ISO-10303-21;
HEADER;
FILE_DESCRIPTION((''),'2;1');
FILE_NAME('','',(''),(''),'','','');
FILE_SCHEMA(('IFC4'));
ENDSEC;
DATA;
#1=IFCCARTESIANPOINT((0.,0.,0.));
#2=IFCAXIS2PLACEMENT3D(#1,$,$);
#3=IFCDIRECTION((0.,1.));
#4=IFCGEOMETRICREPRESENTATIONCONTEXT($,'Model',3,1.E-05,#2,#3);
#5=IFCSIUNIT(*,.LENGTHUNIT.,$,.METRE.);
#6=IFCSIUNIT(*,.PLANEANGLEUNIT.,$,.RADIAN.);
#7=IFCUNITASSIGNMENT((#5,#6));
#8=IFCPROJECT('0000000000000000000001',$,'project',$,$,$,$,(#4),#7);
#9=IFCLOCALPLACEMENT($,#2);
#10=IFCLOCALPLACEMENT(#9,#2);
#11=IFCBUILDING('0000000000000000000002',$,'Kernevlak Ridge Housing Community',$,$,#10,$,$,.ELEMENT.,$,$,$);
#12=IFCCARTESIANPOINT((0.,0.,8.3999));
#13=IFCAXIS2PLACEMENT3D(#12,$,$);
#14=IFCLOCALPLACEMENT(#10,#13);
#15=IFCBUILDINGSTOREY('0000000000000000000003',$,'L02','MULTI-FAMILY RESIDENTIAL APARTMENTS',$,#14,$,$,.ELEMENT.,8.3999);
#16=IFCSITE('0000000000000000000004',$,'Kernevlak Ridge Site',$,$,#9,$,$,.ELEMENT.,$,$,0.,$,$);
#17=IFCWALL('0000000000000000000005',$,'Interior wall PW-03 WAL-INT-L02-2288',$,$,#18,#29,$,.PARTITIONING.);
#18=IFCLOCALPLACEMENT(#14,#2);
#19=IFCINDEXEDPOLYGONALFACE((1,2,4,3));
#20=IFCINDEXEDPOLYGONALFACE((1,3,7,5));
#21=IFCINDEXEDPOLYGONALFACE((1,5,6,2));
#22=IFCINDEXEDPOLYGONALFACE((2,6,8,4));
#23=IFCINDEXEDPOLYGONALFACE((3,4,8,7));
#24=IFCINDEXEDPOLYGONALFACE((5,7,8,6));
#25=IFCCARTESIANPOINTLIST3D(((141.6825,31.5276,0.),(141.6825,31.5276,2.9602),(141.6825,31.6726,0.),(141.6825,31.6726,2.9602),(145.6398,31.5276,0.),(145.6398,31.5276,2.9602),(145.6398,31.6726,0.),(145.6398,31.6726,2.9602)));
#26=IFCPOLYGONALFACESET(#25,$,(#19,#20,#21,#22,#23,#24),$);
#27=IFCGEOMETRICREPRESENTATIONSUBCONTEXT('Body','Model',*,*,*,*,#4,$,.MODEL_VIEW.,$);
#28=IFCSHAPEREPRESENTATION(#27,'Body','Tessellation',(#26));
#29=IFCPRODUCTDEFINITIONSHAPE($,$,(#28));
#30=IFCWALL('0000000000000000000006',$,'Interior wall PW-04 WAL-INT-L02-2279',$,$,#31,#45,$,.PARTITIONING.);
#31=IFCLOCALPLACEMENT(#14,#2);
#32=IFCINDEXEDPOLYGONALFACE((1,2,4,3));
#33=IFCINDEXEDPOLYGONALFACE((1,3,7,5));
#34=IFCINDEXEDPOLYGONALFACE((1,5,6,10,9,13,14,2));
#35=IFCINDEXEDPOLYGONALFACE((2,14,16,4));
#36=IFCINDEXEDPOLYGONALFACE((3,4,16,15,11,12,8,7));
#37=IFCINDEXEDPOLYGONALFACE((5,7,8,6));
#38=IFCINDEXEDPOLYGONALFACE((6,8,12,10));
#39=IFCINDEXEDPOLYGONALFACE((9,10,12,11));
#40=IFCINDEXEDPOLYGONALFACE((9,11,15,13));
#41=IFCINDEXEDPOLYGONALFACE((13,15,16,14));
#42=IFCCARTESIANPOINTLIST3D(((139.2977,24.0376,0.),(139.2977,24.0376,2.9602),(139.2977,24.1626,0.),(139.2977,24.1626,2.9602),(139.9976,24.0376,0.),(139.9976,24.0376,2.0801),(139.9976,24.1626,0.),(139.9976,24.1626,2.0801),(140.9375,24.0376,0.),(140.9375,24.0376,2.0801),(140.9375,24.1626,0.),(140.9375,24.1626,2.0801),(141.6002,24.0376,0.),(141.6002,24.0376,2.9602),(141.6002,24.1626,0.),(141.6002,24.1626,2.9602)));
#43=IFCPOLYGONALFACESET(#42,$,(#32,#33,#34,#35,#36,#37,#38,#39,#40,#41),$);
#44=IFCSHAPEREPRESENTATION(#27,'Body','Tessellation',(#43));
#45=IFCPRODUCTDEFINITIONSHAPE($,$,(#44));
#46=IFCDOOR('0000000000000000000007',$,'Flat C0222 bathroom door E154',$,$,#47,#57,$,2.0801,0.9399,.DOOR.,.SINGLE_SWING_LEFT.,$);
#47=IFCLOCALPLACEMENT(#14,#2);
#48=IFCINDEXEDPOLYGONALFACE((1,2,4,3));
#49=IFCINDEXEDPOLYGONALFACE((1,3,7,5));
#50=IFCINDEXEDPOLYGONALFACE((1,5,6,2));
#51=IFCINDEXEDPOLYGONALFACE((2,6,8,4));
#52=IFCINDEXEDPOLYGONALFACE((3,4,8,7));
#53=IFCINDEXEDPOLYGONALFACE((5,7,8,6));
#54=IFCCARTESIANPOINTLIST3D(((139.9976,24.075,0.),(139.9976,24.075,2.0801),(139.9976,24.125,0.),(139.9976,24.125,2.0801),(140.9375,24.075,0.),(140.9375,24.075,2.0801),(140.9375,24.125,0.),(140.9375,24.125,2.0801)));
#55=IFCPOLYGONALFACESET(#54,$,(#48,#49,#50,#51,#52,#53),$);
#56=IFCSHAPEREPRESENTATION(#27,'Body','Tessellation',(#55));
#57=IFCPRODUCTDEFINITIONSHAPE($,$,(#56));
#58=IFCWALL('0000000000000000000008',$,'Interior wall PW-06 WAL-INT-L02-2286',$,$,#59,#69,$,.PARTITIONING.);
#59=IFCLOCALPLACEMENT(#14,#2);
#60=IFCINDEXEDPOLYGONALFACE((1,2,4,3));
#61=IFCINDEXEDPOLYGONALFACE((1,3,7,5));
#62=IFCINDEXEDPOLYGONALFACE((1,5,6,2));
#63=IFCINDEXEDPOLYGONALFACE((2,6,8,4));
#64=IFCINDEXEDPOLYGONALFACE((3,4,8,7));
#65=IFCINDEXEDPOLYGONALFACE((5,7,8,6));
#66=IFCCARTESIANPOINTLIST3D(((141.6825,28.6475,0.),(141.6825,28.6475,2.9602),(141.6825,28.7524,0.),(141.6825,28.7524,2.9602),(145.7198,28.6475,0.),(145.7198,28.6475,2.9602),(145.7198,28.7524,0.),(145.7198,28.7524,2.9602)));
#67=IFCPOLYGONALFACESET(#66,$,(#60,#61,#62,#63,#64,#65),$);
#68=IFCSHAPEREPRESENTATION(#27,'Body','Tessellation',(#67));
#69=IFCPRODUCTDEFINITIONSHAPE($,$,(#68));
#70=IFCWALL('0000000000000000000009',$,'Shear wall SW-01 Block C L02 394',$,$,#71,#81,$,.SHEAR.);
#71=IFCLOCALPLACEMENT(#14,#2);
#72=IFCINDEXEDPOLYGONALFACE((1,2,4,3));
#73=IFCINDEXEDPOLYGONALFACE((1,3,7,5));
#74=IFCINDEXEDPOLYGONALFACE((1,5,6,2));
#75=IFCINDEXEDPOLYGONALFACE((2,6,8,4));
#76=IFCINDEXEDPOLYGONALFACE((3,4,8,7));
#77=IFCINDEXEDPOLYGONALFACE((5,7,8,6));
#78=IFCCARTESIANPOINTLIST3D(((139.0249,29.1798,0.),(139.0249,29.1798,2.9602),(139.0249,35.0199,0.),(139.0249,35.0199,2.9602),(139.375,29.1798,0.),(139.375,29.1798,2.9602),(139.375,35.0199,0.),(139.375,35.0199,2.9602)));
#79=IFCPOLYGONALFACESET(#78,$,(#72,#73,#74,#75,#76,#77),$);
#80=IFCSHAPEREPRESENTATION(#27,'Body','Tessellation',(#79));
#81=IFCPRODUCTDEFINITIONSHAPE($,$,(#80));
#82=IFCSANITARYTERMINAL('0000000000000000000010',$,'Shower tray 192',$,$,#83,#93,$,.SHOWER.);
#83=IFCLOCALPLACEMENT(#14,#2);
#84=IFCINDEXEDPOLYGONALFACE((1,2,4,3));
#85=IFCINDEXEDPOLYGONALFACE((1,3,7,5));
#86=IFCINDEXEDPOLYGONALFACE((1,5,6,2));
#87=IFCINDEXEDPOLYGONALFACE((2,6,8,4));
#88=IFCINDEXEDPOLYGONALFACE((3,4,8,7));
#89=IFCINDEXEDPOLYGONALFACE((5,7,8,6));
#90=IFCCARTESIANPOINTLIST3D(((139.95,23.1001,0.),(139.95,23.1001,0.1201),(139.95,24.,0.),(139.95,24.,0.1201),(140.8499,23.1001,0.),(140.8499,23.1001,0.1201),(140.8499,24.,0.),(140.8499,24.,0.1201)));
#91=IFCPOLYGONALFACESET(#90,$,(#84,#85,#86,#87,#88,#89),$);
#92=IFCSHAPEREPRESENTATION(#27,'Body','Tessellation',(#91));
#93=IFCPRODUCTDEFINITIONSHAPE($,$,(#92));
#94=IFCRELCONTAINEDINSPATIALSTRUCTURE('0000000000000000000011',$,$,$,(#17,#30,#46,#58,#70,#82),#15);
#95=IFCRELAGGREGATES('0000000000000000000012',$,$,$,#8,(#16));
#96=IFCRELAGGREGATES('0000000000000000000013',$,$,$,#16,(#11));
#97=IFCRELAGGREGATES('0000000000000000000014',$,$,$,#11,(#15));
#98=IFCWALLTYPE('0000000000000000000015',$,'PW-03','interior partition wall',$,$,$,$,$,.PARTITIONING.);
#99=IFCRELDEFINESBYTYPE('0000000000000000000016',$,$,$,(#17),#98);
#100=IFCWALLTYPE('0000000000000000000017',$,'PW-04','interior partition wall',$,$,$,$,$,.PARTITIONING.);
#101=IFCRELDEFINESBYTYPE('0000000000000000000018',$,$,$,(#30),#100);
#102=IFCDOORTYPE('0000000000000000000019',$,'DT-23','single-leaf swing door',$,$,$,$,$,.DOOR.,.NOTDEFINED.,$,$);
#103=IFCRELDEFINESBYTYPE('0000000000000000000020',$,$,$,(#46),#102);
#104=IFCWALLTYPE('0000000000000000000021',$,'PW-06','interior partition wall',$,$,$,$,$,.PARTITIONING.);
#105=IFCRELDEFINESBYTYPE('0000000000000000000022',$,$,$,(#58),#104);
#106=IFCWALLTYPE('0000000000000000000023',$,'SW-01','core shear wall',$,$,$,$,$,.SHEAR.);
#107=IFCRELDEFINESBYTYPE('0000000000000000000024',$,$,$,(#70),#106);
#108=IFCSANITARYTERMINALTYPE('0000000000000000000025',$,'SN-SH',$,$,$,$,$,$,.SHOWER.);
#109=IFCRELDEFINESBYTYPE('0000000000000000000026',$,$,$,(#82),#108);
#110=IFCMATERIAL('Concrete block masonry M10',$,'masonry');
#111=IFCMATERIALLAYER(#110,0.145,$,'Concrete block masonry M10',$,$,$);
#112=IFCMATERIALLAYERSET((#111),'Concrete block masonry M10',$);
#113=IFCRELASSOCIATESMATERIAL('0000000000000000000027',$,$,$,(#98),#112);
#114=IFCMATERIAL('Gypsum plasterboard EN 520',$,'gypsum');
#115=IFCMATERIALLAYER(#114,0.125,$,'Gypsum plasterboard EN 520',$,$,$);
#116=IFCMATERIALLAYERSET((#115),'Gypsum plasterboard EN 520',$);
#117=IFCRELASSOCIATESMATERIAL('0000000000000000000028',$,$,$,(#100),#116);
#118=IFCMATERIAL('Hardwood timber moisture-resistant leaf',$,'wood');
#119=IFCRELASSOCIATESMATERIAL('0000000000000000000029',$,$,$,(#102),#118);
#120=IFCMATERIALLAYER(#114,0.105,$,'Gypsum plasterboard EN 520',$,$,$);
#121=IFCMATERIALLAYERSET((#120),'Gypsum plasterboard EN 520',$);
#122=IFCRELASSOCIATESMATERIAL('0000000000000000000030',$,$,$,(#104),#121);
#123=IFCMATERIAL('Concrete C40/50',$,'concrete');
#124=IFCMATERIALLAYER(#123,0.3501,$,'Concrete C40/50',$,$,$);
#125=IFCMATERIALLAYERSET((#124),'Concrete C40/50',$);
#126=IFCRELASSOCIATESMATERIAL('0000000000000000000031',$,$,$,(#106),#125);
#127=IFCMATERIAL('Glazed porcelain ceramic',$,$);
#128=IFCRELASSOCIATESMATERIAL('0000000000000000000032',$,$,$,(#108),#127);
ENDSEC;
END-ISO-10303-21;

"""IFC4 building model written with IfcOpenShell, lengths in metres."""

from ifc_helpers import new_model, si_unit, direction, frame, frame_2d, origin, origin_2d, place, context, subcontext, project, spatial, rectangle, extrude, material, layer, layer_set, type_object, element, fill, save


model = new_model("IFC4")

# Units and contexts
model_context = context("Model", 3, precision=1e-05, world=origin(), true_north=direction((0.0, 1.0)))
body_context = subcontext(model_context, "Body", "Model", "MODEL_VIEW")
ifc_project = project(units=[si_unit("LENGTHUNIT", "METRE"), si_unit("PLANEANGLEUNIT", "RADIAN")], contexts=[model_context])

# Site, building, storey
site_placement = place(None, origin())
site = spatial("IfcSite", under=ifc_project, at=site_placement, Name="Kernevlak Ridge Site", CompositionType="ELEMENT", RefElevation=0.0)
building_placement = place(site_placement, origin())
building = spatial("IfcBuilding", under=site, at=building_placement, Name="Kernevlak Ridge Housing Community", CompositionType="ELEMENT")
storey_placement = place(building_placement, frame((0.0, 0.0, 8.3999)))
storey = spatial("IfcBuildingStorey", under=building, at=storey_placement, Name="L02", Description="MULTI-FAMILY RESIDENTIAL APARTMENTS", CompositionType="ELEMENT", Elevation=8.3999)

# Shared definitions
ifc_material_1 = material(Name="Concrete C40/50", Category="concrete")

# Shared definitions
ifc_material_2 = material(Name="Concrete block masonry M10", Category="masonry")

# Shared definitions
ifc_layer_1 = layer(ifc_material_2, 0.145, Name="Concrete block masonry M10")
ifc_layer_set_1 = layer_set([ifc_layer_1], Name="Concrete block masonry M10")
wall_type_1 = type_object("IfcWallType", Name="PW-03", Description="interior partition wall", PredefinedType="PARTITIONING", material=ifc_layer_set_1)

# Wall
wall_1_placement = place(storey_placement, frame((141.6826, 31.6001, 0.0), z_axis=(0.0, 0.0, 1.0), x_axis=(1.0, 0.0, 0.0)))
element("IfcWall", 1, at=wall_1_placement, inside=storey, type_object=wall_type_1, Name="Interior wall PW-03 WAL-INT-L02-2288", PredefinedType="PARTITIONING", context=body_context, shape_type="SweptSolid", body=[
    extrude(rectangle(XDim=3.9573, YDim=0.145, at=frame_2d((1.9785, 0.0))), origin(), (0.0, 0.0, 1.0), 2.9602),
])

# Wall, opening, door
ifc_material_3 = material(Name="Gypsum plasterboard EN 520", Category="gypsum")
ifc_layer_2 = layer(ifc_material_3, 0.125, Name="Gypsum plasterboard EN 520")
ifc_layer_set_2 = layer_set([ifc_layer_2], Name="Gypsum plasterboard EN 520")
wall_type_2 = type_object("IfcWallType", Name="PW-04", Description="interior partition wall", PredefinedType="PARTITIONING", material=ifc_layer_set_2)
wall_2_placement = place(storey_placement, frame((139.2976, 24.1001, 0.0), z_axis=(0.0, 0.0, 1.0), x_axis=(1.0, 0.0, 0.0)))
wall_2 = element("IfcWall", 2, at=wall_2_placement, inside=storey, type_object=wall_type_2, Name="Interior wall PW-04 WAL-INT-L02-2279", PredefinedType="PARTITIONING", context=body_context, shape_type="SweptSolid", body=[
    extrude(rectangle(XDim=2.3025, YDim=0.125, at=frame_2d((1.1514, 0.0))), origin(), (0.0, 0.0, 1.0), 2.9602),
])
opening_1_placement = place(wall_2_placement, frame((0.7, 0.0, 0.0)))
opening_1 = element("IfcOpeningElement", 3, at=opening_1_placement, cuts=wall_2, PredefinedType="OPENING", context=body_context, shape_type="SweptSolid", body=[
    extrude(rectangle(XDim=0.9399, YDim=2.0801, at=frame_2d((0.47, 1.04))), frame((0.0, 0.0725, 0.0), z_axis=(0.0, -1.0, 0.0), x_axis=(1.0, 0.0, 0.0)), (0.0, 0.0, 1.0), 0.145),
])
ifc_material_4 = material(Name="Hardwood timber moisture-resistant leaf", Category="wood")
door_type_1 = type_object("IfcDoorType", Name="DT-23", Description="single-leaf swing door", OperationType="NOTDEFINED", PredefinedType="DOOR", material=ifc_material_4)
door_1_placement = place(opening_1_placement, origin())
door_1 = element("IfcDoor", 4, at=door_1_placement, inside=storey, type_object=door_type_1, Name="Flat C0222 bathroom door E154", OperationType="SINGLE_SWING_LEFT", OverallHeight=2.0801, OverallWidth=0.9399, PredefinedType="DOOR", context=body_context, shape_type="SweptSolid", body=[
    extrude(rectangle(XDim=0.9399, YDim=2.0801, at=frame_2d((0.47, 1.04))), frame((0.0, 0.0249, 0.0), z_axis=(0.0, -1.0, 0.0), x_axis=(1.0, 0.0, 0.0)), (0.0, 0.0, 1.0), 0.05),
])
fill(opening_1, door_1)

# Walls
ifc_layer_3 = layer(ifc_material_3, 0.105, Name="Gypsum plasterboard EN 520")
ifc_layer_set_3 = layer_set([ifc_layer_3], Name="Gypsum plasterboard EN 520")
wall_type_3 = type_object("IfcWallType", Name="PW-06", Description="interior partition wall", PredefinedType="PARTITIONING", material=ifc_layer_set_3)
wall_3_placement = place(storey_placement, frame((141.6826, 28.7, 0.0), z_axis=(0.0, 0.0, 1.0), x_axis=(1.0, 0.0, 0.0)))
element("IfcWall", 5, at=wall_3_placement, inside=storey, type_object=wall_type_3, Name="Interior wall PW-06 WAL-INT-L02-2286", PredefinedType="PARTITIONING", context=body_context, shape_type="SweptSolid", body=[
    extrude(rectangle(XDim=4.0374, YDim=0.105, at=frame_2d((2.0186, 0.0))), origin(), (0.0, 0.0, 1.0), 2.9602),
])
ifc_layer_4 = layer(ifc_material_1, 0.3501, Name="Concrete C40/50")
ifc_layer_set_4 = layer_set([ifc_layer_4], Name="Concrete C40/50")
wall_type_4 = type_object("IfcWallType", Name="SW-01", Description="core shear wall", PredefinedType="SHEAR", material=ifc_layer_set_4)
wall_4_placement = place(storey_placement, frame((139.2, 29.1799, 0.0), z_axis=(0.0, 0.0, 1.0), x_axis=(0.0, 1.0, 0.0)))
element("IfcWall", 6, at=wall_4_placement, inside=storey, type_object=wall_type_4, Name="Shear wall SW-01 Block C L02 394", PredefinedType="SHEAR", context=body_context, shape_type="SweptSolid", body=[
    extrude(rectangle(XDim=5.8401, YDim=0.3501, at=frame_2d((2.9199, 0.0))), origin(), (0.0, 0.0, 1.0), 2.9602),
])

# Sanitary terminal
ifc_material_5 = material(Name="Glazed porcelain ceramic")
sanitary_terminal_type = type_object("IfcSanitaryTerminalType", Name="SN-SH", PredefinedType="SHOWER", material=ifc_material_5)
sanitary_terminal_placement = place(storey_placement, frame((140.3999, 23.55, 0.0), z_axis=(0.0, 0.0, 1.0), x_axis=(1.0, 0.0, 0.0)))
element("IfcSanitaryTerminal", 7, at=sanitary_terminal_placement, inside=storey, type_object=sanitary_terminal_type, Name="Shower tray 192", PredefinedType="SHOWER", context=body_context, shape_type="SweptSolid", body=[
    extrude(rectangle(XDim=0.8999, YDim=0.8999, at=origin_2d()), origin(), (0.0, 0.0, 1.0), 0.1201),
])

save(model, "model.ifc")
